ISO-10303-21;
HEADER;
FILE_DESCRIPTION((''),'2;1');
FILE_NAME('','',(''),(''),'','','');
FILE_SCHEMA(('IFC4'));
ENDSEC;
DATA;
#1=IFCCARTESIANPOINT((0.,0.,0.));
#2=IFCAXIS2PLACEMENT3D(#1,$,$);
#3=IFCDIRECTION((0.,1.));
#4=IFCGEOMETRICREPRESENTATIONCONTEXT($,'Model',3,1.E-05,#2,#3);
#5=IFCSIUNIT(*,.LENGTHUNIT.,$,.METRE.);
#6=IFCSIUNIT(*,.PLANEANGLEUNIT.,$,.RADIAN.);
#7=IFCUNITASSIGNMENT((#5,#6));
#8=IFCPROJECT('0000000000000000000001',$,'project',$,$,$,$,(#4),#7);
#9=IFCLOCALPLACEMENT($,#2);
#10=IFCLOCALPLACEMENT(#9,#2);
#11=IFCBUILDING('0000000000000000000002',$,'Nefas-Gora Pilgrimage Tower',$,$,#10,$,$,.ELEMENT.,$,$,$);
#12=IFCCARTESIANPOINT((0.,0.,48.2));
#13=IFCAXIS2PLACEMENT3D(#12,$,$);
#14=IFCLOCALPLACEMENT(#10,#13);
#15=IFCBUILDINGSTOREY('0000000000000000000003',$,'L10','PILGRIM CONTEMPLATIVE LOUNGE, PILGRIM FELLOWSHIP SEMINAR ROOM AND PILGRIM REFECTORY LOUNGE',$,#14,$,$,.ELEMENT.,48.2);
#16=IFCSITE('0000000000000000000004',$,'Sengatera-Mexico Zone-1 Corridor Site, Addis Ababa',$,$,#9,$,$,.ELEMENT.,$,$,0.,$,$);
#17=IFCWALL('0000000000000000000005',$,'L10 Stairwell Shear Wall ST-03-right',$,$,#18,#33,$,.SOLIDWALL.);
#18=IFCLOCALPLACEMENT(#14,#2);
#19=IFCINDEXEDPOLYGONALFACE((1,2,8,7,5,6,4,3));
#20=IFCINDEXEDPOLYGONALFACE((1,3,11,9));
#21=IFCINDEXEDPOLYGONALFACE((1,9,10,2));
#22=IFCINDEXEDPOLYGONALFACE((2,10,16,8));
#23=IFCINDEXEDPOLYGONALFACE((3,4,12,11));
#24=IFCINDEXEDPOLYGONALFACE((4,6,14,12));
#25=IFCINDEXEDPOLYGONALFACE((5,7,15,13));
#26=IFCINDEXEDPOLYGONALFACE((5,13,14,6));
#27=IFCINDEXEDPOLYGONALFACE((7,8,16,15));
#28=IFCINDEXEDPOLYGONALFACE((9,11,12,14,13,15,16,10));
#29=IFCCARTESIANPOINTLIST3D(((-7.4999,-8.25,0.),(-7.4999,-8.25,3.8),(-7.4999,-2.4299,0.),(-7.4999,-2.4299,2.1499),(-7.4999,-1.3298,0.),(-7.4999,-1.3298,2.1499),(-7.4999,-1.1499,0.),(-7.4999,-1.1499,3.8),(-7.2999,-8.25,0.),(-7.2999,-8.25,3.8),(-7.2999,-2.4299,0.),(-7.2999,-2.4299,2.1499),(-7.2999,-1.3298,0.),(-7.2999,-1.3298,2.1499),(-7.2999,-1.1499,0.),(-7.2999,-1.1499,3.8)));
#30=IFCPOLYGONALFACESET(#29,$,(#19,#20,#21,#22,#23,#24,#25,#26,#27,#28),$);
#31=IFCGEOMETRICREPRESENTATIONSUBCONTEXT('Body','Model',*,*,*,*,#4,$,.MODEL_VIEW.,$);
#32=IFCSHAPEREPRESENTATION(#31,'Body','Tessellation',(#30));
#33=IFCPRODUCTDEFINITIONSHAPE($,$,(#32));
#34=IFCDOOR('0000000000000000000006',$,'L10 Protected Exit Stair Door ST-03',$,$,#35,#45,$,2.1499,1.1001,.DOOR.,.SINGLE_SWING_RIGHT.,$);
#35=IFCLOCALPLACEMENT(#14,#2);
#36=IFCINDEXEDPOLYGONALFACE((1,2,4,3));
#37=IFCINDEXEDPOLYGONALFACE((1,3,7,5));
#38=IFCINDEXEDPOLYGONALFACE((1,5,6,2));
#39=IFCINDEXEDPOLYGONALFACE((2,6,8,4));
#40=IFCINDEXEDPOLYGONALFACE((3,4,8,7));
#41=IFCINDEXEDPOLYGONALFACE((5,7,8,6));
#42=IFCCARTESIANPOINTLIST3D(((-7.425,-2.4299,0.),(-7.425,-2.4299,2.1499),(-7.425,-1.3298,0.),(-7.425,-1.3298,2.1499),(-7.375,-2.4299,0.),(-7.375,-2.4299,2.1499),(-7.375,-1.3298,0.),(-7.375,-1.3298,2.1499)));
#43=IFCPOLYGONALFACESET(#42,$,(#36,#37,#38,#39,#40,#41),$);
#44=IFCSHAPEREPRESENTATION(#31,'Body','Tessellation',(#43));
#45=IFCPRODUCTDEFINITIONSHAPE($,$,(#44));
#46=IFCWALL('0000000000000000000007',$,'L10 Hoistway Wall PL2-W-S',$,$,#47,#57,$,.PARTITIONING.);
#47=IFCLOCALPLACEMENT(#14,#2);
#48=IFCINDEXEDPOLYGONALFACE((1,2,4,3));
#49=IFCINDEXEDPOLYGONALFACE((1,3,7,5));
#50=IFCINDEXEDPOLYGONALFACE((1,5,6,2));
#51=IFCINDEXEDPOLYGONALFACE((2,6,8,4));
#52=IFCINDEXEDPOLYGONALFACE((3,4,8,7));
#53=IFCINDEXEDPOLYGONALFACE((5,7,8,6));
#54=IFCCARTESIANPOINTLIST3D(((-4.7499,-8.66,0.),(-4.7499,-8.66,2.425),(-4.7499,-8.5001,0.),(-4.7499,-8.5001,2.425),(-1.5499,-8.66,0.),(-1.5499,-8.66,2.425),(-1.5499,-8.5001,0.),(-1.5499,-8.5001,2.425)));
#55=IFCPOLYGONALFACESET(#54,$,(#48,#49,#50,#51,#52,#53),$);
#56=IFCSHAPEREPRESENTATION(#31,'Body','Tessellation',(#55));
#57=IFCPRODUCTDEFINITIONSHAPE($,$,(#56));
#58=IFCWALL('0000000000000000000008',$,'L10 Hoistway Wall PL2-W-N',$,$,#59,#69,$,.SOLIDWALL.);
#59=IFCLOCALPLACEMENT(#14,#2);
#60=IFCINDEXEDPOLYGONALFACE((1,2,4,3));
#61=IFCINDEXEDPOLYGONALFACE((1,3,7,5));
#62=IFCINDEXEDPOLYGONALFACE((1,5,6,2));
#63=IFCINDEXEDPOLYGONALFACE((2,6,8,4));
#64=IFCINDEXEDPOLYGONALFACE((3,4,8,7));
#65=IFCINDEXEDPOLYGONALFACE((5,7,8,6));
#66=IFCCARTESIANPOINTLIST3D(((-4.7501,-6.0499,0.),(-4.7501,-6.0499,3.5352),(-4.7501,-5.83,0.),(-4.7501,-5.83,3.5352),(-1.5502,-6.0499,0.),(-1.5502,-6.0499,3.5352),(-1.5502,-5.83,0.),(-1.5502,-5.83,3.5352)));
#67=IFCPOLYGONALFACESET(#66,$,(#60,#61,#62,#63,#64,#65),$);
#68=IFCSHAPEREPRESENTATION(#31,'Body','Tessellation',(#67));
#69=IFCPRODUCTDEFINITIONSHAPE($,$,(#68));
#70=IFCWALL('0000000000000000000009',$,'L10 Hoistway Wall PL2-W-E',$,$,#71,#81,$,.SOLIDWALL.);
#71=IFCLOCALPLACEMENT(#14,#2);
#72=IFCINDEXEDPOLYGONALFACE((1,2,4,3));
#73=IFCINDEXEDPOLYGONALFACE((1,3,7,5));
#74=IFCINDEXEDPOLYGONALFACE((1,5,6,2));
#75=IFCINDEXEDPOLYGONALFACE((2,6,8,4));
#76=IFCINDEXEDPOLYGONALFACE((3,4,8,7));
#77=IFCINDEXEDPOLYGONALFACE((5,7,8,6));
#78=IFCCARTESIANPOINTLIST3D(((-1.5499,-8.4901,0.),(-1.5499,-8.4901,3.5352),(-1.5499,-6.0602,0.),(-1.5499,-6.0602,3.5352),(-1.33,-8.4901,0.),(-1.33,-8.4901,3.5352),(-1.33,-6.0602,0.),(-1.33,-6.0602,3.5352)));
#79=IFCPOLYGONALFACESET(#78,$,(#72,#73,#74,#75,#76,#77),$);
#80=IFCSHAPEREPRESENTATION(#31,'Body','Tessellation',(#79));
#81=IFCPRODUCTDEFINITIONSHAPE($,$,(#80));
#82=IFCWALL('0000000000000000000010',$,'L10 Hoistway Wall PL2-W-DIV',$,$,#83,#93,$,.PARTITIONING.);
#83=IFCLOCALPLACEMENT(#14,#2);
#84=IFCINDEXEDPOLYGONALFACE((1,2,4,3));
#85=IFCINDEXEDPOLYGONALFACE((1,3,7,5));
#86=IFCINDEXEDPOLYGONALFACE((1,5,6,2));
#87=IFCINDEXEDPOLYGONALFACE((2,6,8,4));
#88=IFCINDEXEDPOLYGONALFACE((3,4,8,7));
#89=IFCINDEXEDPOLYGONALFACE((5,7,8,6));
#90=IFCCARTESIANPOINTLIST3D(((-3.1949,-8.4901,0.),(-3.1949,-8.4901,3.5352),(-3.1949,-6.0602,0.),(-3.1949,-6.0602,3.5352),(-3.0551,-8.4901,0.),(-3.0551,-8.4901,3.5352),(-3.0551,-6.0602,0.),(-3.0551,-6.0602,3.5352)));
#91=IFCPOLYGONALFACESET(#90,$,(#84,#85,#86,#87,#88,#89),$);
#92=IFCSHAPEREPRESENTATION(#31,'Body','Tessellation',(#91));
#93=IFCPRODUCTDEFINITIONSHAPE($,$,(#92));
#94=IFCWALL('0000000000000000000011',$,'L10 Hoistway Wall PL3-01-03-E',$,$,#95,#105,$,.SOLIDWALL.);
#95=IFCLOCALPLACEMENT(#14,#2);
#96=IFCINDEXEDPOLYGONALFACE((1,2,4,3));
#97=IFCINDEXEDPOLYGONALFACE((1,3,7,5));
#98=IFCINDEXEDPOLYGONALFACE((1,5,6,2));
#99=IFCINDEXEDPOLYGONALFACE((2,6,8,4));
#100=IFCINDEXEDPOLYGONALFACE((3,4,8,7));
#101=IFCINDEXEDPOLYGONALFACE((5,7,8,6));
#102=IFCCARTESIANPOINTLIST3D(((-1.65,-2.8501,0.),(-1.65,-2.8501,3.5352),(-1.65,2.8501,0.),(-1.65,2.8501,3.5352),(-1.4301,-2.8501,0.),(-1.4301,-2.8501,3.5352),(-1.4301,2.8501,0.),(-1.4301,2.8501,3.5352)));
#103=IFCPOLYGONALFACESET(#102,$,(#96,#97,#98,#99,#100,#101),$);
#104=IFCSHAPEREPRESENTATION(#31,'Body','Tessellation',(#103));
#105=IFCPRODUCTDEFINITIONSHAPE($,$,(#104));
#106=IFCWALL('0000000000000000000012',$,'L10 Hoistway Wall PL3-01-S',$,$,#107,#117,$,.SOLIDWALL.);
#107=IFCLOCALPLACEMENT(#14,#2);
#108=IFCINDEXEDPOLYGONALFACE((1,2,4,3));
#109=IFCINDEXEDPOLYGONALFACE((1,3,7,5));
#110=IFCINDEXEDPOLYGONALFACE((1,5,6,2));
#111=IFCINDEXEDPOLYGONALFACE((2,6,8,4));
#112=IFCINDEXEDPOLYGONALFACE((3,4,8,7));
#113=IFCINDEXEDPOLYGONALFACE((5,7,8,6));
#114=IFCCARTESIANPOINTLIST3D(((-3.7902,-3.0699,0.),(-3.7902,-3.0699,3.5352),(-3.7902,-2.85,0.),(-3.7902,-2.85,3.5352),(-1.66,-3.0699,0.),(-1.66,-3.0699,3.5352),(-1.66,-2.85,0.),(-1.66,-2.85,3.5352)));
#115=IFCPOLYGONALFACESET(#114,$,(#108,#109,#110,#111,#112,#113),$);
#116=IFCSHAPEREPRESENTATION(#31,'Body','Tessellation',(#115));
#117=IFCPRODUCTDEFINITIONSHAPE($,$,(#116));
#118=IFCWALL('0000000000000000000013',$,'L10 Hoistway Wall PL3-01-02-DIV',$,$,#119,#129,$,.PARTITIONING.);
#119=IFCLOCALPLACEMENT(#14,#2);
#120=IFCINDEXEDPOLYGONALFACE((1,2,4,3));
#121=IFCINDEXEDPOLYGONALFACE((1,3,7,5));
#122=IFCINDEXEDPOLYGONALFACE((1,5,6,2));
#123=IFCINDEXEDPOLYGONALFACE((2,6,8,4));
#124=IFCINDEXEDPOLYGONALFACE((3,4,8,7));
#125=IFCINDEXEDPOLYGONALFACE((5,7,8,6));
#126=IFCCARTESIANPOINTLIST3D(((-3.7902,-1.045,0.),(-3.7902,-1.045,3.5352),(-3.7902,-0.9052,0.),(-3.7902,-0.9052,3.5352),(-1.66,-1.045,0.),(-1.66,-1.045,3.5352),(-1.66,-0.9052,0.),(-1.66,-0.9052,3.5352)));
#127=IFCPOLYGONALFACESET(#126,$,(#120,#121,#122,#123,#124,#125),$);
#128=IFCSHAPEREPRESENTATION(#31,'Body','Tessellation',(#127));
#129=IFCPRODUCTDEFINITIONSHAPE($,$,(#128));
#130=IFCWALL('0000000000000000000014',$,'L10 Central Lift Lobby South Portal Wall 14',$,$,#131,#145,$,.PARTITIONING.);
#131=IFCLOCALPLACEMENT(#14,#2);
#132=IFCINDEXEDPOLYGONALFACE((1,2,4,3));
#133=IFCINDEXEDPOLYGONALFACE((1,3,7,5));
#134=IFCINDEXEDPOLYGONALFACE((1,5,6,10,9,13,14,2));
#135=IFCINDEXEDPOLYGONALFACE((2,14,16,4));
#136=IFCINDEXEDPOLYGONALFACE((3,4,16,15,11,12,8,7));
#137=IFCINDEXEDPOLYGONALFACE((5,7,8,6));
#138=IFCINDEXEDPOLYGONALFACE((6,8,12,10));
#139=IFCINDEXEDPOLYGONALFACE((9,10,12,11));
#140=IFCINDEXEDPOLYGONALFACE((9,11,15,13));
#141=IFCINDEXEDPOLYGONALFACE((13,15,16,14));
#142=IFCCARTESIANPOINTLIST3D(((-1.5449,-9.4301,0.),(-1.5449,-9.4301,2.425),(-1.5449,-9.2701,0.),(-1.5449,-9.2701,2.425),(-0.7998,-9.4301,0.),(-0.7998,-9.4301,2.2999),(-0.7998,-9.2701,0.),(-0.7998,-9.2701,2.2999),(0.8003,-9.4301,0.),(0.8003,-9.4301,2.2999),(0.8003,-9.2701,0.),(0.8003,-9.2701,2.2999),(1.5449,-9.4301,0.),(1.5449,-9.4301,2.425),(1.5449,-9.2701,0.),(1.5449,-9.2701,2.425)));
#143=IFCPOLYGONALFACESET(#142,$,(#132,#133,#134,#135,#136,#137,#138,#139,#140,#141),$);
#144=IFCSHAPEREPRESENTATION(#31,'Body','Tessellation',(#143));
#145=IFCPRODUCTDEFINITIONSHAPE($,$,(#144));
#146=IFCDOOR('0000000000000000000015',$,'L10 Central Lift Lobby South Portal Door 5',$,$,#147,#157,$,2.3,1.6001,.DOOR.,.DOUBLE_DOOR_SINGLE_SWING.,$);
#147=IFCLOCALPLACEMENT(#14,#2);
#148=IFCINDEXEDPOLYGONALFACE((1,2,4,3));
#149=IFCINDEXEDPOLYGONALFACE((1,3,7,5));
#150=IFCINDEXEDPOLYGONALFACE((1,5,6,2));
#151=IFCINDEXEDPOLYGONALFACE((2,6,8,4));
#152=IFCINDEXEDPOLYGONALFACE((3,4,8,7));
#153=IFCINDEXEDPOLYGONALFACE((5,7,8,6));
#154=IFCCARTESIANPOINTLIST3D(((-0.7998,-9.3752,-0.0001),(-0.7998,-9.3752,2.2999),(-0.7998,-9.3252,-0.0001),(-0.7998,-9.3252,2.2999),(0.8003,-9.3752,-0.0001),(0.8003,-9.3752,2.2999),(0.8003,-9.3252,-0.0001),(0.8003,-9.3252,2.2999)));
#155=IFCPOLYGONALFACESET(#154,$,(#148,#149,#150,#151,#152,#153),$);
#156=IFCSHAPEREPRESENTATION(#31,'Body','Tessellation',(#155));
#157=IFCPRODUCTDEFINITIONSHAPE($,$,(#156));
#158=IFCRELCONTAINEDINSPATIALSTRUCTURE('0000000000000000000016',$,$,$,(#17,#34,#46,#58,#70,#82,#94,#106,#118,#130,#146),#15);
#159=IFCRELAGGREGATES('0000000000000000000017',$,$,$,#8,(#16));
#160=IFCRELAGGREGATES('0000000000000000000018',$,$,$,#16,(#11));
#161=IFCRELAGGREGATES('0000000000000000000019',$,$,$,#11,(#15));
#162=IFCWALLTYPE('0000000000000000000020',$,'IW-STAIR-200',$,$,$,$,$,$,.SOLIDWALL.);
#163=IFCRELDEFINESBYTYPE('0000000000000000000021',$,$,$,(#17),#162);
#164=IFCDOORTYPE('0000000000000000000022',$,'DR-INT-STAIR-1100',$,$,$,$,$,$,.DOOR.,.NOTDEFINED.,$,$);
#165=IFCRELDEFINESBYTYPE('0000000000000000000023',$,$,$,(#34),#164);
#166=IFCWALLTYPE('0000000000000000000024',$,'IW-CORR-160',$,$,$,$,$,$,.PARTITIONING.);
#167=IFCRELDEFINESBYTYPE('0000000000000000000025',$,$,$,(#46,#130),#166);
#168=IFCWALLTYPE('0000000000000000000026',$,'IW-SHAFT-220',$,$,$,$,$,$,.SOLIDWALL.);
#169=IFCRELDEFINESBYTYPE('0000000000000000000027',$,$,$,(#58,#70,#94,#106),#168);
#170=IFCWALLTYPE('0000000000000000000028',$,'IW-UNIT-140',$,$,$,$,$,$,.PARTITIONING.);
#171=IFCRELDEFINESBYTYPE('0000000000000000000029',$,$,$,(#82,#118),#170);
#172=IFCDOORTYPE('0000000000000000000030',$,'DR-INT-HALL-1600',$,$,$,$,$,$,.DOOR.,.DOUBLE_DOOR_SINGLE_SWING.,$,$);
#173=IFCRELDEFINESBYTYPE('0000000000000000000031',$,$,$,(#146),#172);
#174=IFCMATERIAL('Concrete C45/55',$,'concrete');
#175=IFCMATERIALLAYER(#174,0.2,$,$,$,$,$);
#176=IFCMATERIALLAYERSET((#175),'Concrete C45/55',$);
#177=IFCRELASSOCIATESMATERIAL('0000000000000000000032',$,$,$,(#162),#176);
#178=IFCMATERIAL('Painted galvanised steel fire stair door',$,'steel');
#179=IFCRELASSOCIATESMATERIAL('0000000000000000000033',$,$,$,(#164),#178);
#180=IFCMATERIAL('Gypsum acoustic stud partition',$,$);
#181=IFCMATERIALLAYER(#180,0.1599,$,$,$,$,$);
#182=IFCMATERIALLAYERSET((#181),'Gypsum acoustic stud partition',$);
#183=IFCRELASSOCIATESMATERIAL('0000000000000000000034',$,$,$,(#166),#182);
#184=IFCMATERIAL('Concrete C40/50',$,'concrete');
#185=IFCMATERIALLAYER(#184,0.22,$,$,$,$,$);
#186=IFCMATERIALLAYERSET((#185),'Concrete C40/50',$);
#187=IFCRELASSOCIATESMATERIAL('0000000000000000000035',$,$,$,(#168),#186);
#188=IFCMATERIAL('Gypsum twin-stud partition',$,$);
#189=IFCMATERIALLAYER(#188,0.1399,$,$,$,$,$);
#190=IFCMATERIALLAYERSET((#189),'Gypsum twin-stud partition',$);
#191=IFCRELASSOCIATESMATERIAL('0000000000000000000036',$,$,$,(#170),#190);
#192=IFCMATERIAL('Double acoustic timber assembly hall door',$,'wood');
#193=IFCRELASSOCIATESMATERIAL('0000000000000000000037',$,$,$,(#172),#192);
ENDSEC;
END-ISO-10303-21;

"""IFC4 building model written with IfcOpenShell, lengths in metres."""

from ifc_helpers import new_model, si_unit, direction, frame, frame_2d, origin, place, context, subcontext, project, spatial, rectangle, extrude, source, transform, mapped, material, layer, layer_set, type_object, element, fill, save


model = new_model("IFC4")

# Units and contexts
model_context = context("Model", 3, precision=1e-05, world=origin(), true_north=direction((0.0, 1.0)))
body_context = subcontext(model_context, "Body", "Model", "MODEL_VIEW")
ifc_project = project(units=[si_unit("LENGTHUNIT", "METRE"), si_unit("PLANEANGLEUNIT", "RADIAN")], contexts=[model_context])

# Site, building, storey
site_placement = place(None, origin())
site = spatial("IfcSite", under=ifc_project, at=site_placement, Name="Sengatera-Mexico Zone-1 Corridor Site, Addis Ababa", CompositionType="ELEMENT", RefElevation=0.0)
building_placement = place(site_placement, origin())
building = spatial("IfcBuilding", under=site, at=building_placement, Name="Nefas-Gora Pilgrimage Tower", CompositionType="ELEMENT")
storey_placement = place(building_placement, frame((0.0, 0.0, 48.2)))
storey = spatial("IfcBuildingStorey", under=building, at=storey_placement, Name="L10", Description="PILGRIM CONTEMPLATIVE LOUNGE, PILGRIM FELLOWSHIP SEMINAR ROOM AND PILGRIM REFECTORY LOUNGE", CompositionType="ELEMENT", Elevation=48.2)

# Shared definitions
ifc_material_1 = material(Name="Concrete C45/55", Category="concrete")
ifc_layer_1 = layer(ifc_material_1, 0.2)
ifc_layer_set_1 = layer_set([ifc_layer_1], Name="Concrete C45/55")
wall_type_1 = type_object("IfcWallType", Name="IW-STAIR-200", PredefinedType="SOLIDWALL", material=ifc_layer_set_1)
shared_shape_1 = source(origin(), body_context, "Body", "SweptSolid", [
    extrude(rectangle(XDim=7.1001, YDim=0.2, at=frame_2d((3.55, 0.0))), origin(), (0.0, 0.0, 1.0), 3.8),
])

# Wall, opening, door
wall_1_placement = place(storey_placement, frame((-7.3999, -1.1499, 0.0), z_axis=(0.0, 0.0, 1.0), x_axis=(0.0, -1.0, 0.0)))
wall_1 = element("IfcWall", 1, at=wall_1_placement, inside=storey, type_object=wall_type_1, Name="L10 Stairwell Shear Wall ST-03-right", PredefinedType="SOLIDWALL", context=body_context, shape_type="MappedRepresentation", body=[
    mapped(shared_shape_1, transform((0.0, 0.0, 0.0), x_axis=(1.0, 0.0, 0.0), y_axis=(0.0, 1.0, 0.0), z_axis=(0.0, 0.0, 1.0), scale=1.0)),
])
opening_1_placement = place(wall_1_placement, frame((0.1799, 0.0, 0.0)))
opening_1 = element("IfcOpeningElement", 2, at=opening_1_placement, cuts=wall_1, PredefinedType="OPENING", context=body_context, shape_type="SweptSolid", body=[
    extrude(rectangle(XDim=1.1001, YDim=2.1499, at=frame_2d((0.55, 1.075))), frame((0.0, 0.1099, 0.0), z_axis=(0.0, -1.0, 0.0), x_axis=(1.0, 0.0, 0.0)), (0.0, 0.0, 1.0), 0.22),
])
ifc_material_2 = material(Name="Painted galvanised steel fire stair door", Category="steel")
door_type_1 = type_object("IfcDoorType", Name="DR-INT-STAIR-1100", OperationType="NOTDEFINED", PredefinedType="DOOR", material=ifc_material_2)
shared_shape_2 = source(origin(), body_context, "Body", "SweptSolid", [
    extrude(rectangle(XDim=1.1001, YDim=2.1499, at=frame_2d((0.55, 1.075))), frame((0.0, 0.0249, 0.0), z_axis=(0.0, -1.0, 0.0), x_axis=(1.0, 0.0, 0.0)), (0.0, 0.0, 1.0), 0.05),
])
door_1_placement = place(opening_1_placement, origin())
door_1 = element("IfcDoor", 3, at=door_1_placement, inside=storey, type_object=door_type_1, Name="L10 Protected Exit Stair Door ST-03", OperationType="SINGLE_SWING_RIGHT", OverallHeight=2.1499, OverallWidth=1.1001, PredefinedType="DOOR", context=body_context, shape_type="MappedRepresentation", body=[
    mapped(shared_shape_2, transform((0.0, 0.0, 0.0), x_axis=(1.0, 0.0, 0.0), y_axis=(0.0, 1.0, 0.0), z_axis=(0.0, 0.0, 1.0), scale=1.0)),
])
fill(opening_1, door_1)

# Walls
ifc_material_3 = material(Name="Gypsum acoustic stud partition")
ifc_layer_2 = layer(ifc_material_3, 0.1599)
ifc_layer_set_2 = layer_set([ifc_layer_2], Name="Gypsum acoustic stud partition")
wall_type_2 = type_object("IfcWallType", Name="IW-CORR-160", PredefinedType="PARTITIONING", material=ifc_layer_set_2)
shared_shape_3 = source(origin(), body_context, "Body", "SweptSolid", [
    extrude(rectangle(XDim=3.2, YDim=0.1599, at=frame_2d((1.6001, 0.0))), origin(), (0.0, 0.0, 1.0), 2.425),
])
wall_2_placement = place(storey_placement, frame((-4.75, -8.5801, 0.0), z_axis=(0.0, 0.0, 1.0), x_axis=(1.0, 0.0, 0.0)))
element("IfcWall", 4, at=wall_2_placement, inside=storey, type_object=wall_type_2, Name="L10 Hoistway Wall PL2-W-S", PredefinedType="PARTITIONING", context=body_context, shape_type="MappedRepresentation", body=[
    mapped(shared_shape_3, transform((0.0, 0.0, 0.0), x_axis=(1.0, 0.0, 0.0), y_axis=(0.0, 1.0, 0.0), z_axis=(0.0, 0.0, 1.0), scale=1.0)),
])
ifc_material_4 = material(Name="Concrete C40/50", Category="concrete")
ifc_layer_3 = layer(ifc_material_4, 0.22)
ifc_layer_set_3 = layer_set([ifc_layer_3], Name="Concrete C40/50")
wall_type_3 = type_object("IfcWallType", Name="IW-SHAFT-220", PredefinedType="SOLIDWALL", material=ifc_layer_set_3)
shared_shape_4 = source(origin(), body_context, "Body", "SweptSolid", [
    extrude(rectangle(XDim=3.2, YDim=0.22, at=frame_2d((1.6001, 0.0))), origin(), (0.0, 0.0, 1.0), 3.5352),
])
wall_3_placement = place(storey_placement, frame((-1.55, -5.9399, 0.0), z_axis=(0.0, 0.0, 1.0), x_axis=(-1.0, 0.0, 0.0)))
element("IfcWall", 5, at=wall_3_placement, inside=storey, type_object=wall_type_3, Name="L10 Hoistway Wall PL2-W-N", PredefinedType="SOLIDWALL", context=body_context, shape_type="MappedRepresentation", body=[
    mapped(shared_shape_4, transform((0.0, 0.0, 0.0), x_axis=(1.0, 0.0, 0.0), y_axis=(0.0, 1.0, 0.0), z_axis=(0.0, 0.0, 1.0), scale=1.0)),
])
shared_shape_5 = source(origin(), body_context, "Body", "SweptSolid", [
    extrude(rectangle(XDim=2.4299, YDim=0.22, at=frame_2d((1.2148, 0.0))), origin(), (0.0, 0.0, 1.0), 3.5352),
])
for number, where, z_axis, x_axis, name in (
    (6, (-1.4399, -8.49, 0.0), (0.0, 0.0, 1.0), (0.0, 1.0, 0.0), "L10 Hoistway Wall PL2-W-E"),
):
    element("IfcWall", number, at=place(storey_placement, frame(where, z_axis=z_axis, x_axis=x_axis)), inside=storey, type_object=wall_type_3, Name=name, PredefinedType="SOLIDWALL", context=body_context, shape_type="MappedRepresentation", body=[
        mapped(shared_shape_5, transform((0.0, 0.0, 0.0), x_axis=(1.0, 0.0, 0.0), y_axis=(0.0, 1.0, 0.0), z_axis=(0.0, 0.0, 1.0), scale=1.0)),
    ])
ifc_material_5 = material(Name="Gypsum twin-stud partition")
ifc_layer_4 = layer(ifc_material_5, 0.1399)
ifc_layer_set_4 = layer_set([ifc_layer_4], Name="Gypsum twin-stud partition")
wall_type_4 = type_object("IfcWallType", Name="IW-UNIT-140", PredefinedType="PARTITIONING", material=ifc_layer_set_4)
shared_shape_6 = source(origin(), body_context, "Body", "SweptSolid", [
    extrude(rectangle(XDim=2.4299, YDim=0.1399, at=frame_2d((1.2148, 0.0))), origin(), (0.0, 0.0, 1.0), 3.5352),
])
wall_4_placement = place(storey_placement, frame((-3.125, -8.49, 0.0), z_axis=(0.0, 0.0, 1.0), x_axis=(0.0, 1.0, 0.0)))
element("IfcWall", 7, at=wall_4_placement, inside=storey, type_object=wall_type_4, Name="L10 Hoistway Wall PL2-W-DIV", PredefinedType="PARTITIONING", context=body_context, shape_type="MappedRepresentation", body=[
    mapped(shared_shape_6, transform((0.0, 0.0, 0.0), x_axis=(1.0, 0.0, 0.0), y_axis=(0.0, 1.0, 0.0), z_axis=(0.0, 0.0, 1.0), scale=1.0)),
])
shared_shape_7 = source(origin(), body_context, "Body", "SweptSolid", [
    extrude(rectangle(XDim=5.7002, YDim=0.22, at=frame_2d((2.8501, 0.0))), origin(), (0.0, 0.0, 1.0), 3.5352),
])
wall_5_placement = place(storey_placement, frame((-1.54, -2.8501, 0.0), z_axis=(0.0, 0.0, 1.0), x_axis=(0.0, 1.0, 0.0)))
element("IfcWall", 8, at=wall_5_placement, inside=storey, type_object=wall_type_3, Name="L10 Hoistway Wall PL3-01-03-E", PredefinedType="SOLIDWALL", context=body_context, shape_type="MappedRepresentation", body=[
    mapped(shared_shape_7, transform((0.0, 0.0, 0.0), x_axis=(1.0, 0.0, 0.0), y_axis=(0.0, 1.0, 0.0), z_axis=(0.0, 0.0, 1.0), scale=1.0)),
])
shared_shape_8 = source(origin(), body_context, "Body", "SweptSolid", [
    extrude(rectangle(XDim=2.1301, YDim=0.22, at=frame_2d((1.0649, 0.0))), origin(), (0.0, 0.0, 1.0), 3.5352),
])
wall_6_placement = place(storey_placement, frame((-3.79, -2.96, 0.0), z_axis=(0.0, 0.0, 1.0), x_axis=(1.0, 0.0, 0.0)))
element("IfcWall", 9, at=wall_6_placement, inside=storey, type_object=wall_type_3, Name="L10 Hoistway Wall PL3-01-S", PredefinedType="SOLIDWALL", context=body_context, shape_type="MappedRepresentation", body=[
    mapped(shared_shape_8, transform((0.0, 0.0, 0.0), x_axis=(1.0, 0.0, 0.0), y_axis=(0.0, 1.0, 0.0), z_axis=(0.0, 0.0, 1.0), scale=1.0)),
])
shared_shape_9 = source(origin(), body_context, "Body", "SweptSolid", [
    extrude(rectangle(XDim=2.1301, YDim=0.1399, at=frame_2d((1.0649, 0.0))), origin(), (0.0, 0.0, 1.0), 3.5352),
])
wall_7_placement = place(storey_placement, frame((-3.79, -0.9751, 0.0), z_axis=(0.0, 0.0, 1.0), x_axis=(1.0, 0.0, 0.0)))
element("IfcWall", 10, at=wall_7_placement, inside=storey, type_object=wall_type_4, Name="L10 Hoistway Wall PL3-01-02-DIV", PredefinedType="PARTITIONING", context=body_context, shape_type="MappedRepresentation", body=[
    mapped(shared_shape_9, transform((0.0, 0.0, 0.0), x_axis=(1.0, 0.0, 0.0), y_axis=(0.0, 1.0, 0.0), z_axis=(0.0, 0.0, 1.0), scale=1.0)),
])

# Wall, opening, door
shared_shape_10 = source(origin(), body_context, "Body", "SweptSolid", [
    extrude(rectangle(XDim=3.0898, YDim=0.1599, at=frame_2d((1.5449, 0.0))), origin(), (0.0, 0.0, 1.0), 2.425),
])
wall_8_placement = place(storey_placement, frame((-1.5449, -9.3501, 0.0), z_axis=(0.0, 0.0, 1.0), x_axis=(1.0, 0.0, 0.0)))
wall_8 = element("IfcWall", 11, at=wall_8_placement, inside=storey, type_object=wall_type_2, Name="L10 Central Lift Lobby South Portal Wall 14", PredefinedType="PARTITIONING", context=body_context, shape_type="MappedRepresentation", body=[
    mapped(shared_shape_10, transform((0.0, 0.0, 0.0), x_axis=(1.0, 0.0, 0.0), y_axis=(0.0, 1.0, 0.0), z_axis=(0.0, 0.0, 1.0), scale=1.0)),
])
opening_2_placement = place(wall_8_placement, frame((0.7451, 0.0, 0.0)))
opening_2 = element("IfcOpeningElement", 12, at=opening_2_placement, cuts=wall_8, PredefinedType="OPENING", context=body_context, shape_type="SweptSolid", body=[
    extrude(rectangle(XDim=1.6001, YDim=2.3, at=frame_2d((0.8, 1.1499))), frame((0.0, 0.0898, 0.0), z_axis=(0.0, -1.0, 0.0), x_axis=(1.0, 0.0, 0.0)), (0.0, 0.0, 1.0), 0.1799),
])
ifc_material_6 = material(Name="Double acoustic timber assembly hall door", Category="wood")
door_type_2 = type_object("IfcDoorType", Name="DR-INT-HALL-1600", OperationType="DOUBLE_DOOR_SINGLE_SWING", PredefinedType="DOOR", material=ifc_material_6)
shared_shape_11 = source(origin(), body_context, "Body", "SweptSolid", [
    extrude(rectangle(XDim=1.6001, YDim=2.3, at=frame_2d((0.8, 1.1499))), frame((0.0, 0.0249, 0.0), z_axis=(0.0, -1.0, 0.0), x_axis=(1.0, 0.0, 0.0)), (0.0, 0.0, 1.0), 0.05),
])
door_2_placement = place(opening_2_placement, origin())
door_2 = element("IfcDoor", 13, at=door_2_placement, inside=storey, type_object=door_type_2, Name="L10 Central Lift Lobby South Portal Door 5", OperationType="DOUBLE_DOOR_SINGLE_SWING", OverallHeight=2.3, OverallWidth=1.6001, PredefinedType="DOOR", context=body_context, shape_type="MappedRepresentation", body=[
    mapped(shared_shape_11, transform((0.0, 0.0, 0.0), x_axis=(1.0, 0.0, 0.0), y_axis=(0.0, 1.0, 0.0), z_axis=(0.0, 0.0, 1.0), scale=1.0)),
])
fill(opening_2, door_2)

save(model, "model.ifc")
